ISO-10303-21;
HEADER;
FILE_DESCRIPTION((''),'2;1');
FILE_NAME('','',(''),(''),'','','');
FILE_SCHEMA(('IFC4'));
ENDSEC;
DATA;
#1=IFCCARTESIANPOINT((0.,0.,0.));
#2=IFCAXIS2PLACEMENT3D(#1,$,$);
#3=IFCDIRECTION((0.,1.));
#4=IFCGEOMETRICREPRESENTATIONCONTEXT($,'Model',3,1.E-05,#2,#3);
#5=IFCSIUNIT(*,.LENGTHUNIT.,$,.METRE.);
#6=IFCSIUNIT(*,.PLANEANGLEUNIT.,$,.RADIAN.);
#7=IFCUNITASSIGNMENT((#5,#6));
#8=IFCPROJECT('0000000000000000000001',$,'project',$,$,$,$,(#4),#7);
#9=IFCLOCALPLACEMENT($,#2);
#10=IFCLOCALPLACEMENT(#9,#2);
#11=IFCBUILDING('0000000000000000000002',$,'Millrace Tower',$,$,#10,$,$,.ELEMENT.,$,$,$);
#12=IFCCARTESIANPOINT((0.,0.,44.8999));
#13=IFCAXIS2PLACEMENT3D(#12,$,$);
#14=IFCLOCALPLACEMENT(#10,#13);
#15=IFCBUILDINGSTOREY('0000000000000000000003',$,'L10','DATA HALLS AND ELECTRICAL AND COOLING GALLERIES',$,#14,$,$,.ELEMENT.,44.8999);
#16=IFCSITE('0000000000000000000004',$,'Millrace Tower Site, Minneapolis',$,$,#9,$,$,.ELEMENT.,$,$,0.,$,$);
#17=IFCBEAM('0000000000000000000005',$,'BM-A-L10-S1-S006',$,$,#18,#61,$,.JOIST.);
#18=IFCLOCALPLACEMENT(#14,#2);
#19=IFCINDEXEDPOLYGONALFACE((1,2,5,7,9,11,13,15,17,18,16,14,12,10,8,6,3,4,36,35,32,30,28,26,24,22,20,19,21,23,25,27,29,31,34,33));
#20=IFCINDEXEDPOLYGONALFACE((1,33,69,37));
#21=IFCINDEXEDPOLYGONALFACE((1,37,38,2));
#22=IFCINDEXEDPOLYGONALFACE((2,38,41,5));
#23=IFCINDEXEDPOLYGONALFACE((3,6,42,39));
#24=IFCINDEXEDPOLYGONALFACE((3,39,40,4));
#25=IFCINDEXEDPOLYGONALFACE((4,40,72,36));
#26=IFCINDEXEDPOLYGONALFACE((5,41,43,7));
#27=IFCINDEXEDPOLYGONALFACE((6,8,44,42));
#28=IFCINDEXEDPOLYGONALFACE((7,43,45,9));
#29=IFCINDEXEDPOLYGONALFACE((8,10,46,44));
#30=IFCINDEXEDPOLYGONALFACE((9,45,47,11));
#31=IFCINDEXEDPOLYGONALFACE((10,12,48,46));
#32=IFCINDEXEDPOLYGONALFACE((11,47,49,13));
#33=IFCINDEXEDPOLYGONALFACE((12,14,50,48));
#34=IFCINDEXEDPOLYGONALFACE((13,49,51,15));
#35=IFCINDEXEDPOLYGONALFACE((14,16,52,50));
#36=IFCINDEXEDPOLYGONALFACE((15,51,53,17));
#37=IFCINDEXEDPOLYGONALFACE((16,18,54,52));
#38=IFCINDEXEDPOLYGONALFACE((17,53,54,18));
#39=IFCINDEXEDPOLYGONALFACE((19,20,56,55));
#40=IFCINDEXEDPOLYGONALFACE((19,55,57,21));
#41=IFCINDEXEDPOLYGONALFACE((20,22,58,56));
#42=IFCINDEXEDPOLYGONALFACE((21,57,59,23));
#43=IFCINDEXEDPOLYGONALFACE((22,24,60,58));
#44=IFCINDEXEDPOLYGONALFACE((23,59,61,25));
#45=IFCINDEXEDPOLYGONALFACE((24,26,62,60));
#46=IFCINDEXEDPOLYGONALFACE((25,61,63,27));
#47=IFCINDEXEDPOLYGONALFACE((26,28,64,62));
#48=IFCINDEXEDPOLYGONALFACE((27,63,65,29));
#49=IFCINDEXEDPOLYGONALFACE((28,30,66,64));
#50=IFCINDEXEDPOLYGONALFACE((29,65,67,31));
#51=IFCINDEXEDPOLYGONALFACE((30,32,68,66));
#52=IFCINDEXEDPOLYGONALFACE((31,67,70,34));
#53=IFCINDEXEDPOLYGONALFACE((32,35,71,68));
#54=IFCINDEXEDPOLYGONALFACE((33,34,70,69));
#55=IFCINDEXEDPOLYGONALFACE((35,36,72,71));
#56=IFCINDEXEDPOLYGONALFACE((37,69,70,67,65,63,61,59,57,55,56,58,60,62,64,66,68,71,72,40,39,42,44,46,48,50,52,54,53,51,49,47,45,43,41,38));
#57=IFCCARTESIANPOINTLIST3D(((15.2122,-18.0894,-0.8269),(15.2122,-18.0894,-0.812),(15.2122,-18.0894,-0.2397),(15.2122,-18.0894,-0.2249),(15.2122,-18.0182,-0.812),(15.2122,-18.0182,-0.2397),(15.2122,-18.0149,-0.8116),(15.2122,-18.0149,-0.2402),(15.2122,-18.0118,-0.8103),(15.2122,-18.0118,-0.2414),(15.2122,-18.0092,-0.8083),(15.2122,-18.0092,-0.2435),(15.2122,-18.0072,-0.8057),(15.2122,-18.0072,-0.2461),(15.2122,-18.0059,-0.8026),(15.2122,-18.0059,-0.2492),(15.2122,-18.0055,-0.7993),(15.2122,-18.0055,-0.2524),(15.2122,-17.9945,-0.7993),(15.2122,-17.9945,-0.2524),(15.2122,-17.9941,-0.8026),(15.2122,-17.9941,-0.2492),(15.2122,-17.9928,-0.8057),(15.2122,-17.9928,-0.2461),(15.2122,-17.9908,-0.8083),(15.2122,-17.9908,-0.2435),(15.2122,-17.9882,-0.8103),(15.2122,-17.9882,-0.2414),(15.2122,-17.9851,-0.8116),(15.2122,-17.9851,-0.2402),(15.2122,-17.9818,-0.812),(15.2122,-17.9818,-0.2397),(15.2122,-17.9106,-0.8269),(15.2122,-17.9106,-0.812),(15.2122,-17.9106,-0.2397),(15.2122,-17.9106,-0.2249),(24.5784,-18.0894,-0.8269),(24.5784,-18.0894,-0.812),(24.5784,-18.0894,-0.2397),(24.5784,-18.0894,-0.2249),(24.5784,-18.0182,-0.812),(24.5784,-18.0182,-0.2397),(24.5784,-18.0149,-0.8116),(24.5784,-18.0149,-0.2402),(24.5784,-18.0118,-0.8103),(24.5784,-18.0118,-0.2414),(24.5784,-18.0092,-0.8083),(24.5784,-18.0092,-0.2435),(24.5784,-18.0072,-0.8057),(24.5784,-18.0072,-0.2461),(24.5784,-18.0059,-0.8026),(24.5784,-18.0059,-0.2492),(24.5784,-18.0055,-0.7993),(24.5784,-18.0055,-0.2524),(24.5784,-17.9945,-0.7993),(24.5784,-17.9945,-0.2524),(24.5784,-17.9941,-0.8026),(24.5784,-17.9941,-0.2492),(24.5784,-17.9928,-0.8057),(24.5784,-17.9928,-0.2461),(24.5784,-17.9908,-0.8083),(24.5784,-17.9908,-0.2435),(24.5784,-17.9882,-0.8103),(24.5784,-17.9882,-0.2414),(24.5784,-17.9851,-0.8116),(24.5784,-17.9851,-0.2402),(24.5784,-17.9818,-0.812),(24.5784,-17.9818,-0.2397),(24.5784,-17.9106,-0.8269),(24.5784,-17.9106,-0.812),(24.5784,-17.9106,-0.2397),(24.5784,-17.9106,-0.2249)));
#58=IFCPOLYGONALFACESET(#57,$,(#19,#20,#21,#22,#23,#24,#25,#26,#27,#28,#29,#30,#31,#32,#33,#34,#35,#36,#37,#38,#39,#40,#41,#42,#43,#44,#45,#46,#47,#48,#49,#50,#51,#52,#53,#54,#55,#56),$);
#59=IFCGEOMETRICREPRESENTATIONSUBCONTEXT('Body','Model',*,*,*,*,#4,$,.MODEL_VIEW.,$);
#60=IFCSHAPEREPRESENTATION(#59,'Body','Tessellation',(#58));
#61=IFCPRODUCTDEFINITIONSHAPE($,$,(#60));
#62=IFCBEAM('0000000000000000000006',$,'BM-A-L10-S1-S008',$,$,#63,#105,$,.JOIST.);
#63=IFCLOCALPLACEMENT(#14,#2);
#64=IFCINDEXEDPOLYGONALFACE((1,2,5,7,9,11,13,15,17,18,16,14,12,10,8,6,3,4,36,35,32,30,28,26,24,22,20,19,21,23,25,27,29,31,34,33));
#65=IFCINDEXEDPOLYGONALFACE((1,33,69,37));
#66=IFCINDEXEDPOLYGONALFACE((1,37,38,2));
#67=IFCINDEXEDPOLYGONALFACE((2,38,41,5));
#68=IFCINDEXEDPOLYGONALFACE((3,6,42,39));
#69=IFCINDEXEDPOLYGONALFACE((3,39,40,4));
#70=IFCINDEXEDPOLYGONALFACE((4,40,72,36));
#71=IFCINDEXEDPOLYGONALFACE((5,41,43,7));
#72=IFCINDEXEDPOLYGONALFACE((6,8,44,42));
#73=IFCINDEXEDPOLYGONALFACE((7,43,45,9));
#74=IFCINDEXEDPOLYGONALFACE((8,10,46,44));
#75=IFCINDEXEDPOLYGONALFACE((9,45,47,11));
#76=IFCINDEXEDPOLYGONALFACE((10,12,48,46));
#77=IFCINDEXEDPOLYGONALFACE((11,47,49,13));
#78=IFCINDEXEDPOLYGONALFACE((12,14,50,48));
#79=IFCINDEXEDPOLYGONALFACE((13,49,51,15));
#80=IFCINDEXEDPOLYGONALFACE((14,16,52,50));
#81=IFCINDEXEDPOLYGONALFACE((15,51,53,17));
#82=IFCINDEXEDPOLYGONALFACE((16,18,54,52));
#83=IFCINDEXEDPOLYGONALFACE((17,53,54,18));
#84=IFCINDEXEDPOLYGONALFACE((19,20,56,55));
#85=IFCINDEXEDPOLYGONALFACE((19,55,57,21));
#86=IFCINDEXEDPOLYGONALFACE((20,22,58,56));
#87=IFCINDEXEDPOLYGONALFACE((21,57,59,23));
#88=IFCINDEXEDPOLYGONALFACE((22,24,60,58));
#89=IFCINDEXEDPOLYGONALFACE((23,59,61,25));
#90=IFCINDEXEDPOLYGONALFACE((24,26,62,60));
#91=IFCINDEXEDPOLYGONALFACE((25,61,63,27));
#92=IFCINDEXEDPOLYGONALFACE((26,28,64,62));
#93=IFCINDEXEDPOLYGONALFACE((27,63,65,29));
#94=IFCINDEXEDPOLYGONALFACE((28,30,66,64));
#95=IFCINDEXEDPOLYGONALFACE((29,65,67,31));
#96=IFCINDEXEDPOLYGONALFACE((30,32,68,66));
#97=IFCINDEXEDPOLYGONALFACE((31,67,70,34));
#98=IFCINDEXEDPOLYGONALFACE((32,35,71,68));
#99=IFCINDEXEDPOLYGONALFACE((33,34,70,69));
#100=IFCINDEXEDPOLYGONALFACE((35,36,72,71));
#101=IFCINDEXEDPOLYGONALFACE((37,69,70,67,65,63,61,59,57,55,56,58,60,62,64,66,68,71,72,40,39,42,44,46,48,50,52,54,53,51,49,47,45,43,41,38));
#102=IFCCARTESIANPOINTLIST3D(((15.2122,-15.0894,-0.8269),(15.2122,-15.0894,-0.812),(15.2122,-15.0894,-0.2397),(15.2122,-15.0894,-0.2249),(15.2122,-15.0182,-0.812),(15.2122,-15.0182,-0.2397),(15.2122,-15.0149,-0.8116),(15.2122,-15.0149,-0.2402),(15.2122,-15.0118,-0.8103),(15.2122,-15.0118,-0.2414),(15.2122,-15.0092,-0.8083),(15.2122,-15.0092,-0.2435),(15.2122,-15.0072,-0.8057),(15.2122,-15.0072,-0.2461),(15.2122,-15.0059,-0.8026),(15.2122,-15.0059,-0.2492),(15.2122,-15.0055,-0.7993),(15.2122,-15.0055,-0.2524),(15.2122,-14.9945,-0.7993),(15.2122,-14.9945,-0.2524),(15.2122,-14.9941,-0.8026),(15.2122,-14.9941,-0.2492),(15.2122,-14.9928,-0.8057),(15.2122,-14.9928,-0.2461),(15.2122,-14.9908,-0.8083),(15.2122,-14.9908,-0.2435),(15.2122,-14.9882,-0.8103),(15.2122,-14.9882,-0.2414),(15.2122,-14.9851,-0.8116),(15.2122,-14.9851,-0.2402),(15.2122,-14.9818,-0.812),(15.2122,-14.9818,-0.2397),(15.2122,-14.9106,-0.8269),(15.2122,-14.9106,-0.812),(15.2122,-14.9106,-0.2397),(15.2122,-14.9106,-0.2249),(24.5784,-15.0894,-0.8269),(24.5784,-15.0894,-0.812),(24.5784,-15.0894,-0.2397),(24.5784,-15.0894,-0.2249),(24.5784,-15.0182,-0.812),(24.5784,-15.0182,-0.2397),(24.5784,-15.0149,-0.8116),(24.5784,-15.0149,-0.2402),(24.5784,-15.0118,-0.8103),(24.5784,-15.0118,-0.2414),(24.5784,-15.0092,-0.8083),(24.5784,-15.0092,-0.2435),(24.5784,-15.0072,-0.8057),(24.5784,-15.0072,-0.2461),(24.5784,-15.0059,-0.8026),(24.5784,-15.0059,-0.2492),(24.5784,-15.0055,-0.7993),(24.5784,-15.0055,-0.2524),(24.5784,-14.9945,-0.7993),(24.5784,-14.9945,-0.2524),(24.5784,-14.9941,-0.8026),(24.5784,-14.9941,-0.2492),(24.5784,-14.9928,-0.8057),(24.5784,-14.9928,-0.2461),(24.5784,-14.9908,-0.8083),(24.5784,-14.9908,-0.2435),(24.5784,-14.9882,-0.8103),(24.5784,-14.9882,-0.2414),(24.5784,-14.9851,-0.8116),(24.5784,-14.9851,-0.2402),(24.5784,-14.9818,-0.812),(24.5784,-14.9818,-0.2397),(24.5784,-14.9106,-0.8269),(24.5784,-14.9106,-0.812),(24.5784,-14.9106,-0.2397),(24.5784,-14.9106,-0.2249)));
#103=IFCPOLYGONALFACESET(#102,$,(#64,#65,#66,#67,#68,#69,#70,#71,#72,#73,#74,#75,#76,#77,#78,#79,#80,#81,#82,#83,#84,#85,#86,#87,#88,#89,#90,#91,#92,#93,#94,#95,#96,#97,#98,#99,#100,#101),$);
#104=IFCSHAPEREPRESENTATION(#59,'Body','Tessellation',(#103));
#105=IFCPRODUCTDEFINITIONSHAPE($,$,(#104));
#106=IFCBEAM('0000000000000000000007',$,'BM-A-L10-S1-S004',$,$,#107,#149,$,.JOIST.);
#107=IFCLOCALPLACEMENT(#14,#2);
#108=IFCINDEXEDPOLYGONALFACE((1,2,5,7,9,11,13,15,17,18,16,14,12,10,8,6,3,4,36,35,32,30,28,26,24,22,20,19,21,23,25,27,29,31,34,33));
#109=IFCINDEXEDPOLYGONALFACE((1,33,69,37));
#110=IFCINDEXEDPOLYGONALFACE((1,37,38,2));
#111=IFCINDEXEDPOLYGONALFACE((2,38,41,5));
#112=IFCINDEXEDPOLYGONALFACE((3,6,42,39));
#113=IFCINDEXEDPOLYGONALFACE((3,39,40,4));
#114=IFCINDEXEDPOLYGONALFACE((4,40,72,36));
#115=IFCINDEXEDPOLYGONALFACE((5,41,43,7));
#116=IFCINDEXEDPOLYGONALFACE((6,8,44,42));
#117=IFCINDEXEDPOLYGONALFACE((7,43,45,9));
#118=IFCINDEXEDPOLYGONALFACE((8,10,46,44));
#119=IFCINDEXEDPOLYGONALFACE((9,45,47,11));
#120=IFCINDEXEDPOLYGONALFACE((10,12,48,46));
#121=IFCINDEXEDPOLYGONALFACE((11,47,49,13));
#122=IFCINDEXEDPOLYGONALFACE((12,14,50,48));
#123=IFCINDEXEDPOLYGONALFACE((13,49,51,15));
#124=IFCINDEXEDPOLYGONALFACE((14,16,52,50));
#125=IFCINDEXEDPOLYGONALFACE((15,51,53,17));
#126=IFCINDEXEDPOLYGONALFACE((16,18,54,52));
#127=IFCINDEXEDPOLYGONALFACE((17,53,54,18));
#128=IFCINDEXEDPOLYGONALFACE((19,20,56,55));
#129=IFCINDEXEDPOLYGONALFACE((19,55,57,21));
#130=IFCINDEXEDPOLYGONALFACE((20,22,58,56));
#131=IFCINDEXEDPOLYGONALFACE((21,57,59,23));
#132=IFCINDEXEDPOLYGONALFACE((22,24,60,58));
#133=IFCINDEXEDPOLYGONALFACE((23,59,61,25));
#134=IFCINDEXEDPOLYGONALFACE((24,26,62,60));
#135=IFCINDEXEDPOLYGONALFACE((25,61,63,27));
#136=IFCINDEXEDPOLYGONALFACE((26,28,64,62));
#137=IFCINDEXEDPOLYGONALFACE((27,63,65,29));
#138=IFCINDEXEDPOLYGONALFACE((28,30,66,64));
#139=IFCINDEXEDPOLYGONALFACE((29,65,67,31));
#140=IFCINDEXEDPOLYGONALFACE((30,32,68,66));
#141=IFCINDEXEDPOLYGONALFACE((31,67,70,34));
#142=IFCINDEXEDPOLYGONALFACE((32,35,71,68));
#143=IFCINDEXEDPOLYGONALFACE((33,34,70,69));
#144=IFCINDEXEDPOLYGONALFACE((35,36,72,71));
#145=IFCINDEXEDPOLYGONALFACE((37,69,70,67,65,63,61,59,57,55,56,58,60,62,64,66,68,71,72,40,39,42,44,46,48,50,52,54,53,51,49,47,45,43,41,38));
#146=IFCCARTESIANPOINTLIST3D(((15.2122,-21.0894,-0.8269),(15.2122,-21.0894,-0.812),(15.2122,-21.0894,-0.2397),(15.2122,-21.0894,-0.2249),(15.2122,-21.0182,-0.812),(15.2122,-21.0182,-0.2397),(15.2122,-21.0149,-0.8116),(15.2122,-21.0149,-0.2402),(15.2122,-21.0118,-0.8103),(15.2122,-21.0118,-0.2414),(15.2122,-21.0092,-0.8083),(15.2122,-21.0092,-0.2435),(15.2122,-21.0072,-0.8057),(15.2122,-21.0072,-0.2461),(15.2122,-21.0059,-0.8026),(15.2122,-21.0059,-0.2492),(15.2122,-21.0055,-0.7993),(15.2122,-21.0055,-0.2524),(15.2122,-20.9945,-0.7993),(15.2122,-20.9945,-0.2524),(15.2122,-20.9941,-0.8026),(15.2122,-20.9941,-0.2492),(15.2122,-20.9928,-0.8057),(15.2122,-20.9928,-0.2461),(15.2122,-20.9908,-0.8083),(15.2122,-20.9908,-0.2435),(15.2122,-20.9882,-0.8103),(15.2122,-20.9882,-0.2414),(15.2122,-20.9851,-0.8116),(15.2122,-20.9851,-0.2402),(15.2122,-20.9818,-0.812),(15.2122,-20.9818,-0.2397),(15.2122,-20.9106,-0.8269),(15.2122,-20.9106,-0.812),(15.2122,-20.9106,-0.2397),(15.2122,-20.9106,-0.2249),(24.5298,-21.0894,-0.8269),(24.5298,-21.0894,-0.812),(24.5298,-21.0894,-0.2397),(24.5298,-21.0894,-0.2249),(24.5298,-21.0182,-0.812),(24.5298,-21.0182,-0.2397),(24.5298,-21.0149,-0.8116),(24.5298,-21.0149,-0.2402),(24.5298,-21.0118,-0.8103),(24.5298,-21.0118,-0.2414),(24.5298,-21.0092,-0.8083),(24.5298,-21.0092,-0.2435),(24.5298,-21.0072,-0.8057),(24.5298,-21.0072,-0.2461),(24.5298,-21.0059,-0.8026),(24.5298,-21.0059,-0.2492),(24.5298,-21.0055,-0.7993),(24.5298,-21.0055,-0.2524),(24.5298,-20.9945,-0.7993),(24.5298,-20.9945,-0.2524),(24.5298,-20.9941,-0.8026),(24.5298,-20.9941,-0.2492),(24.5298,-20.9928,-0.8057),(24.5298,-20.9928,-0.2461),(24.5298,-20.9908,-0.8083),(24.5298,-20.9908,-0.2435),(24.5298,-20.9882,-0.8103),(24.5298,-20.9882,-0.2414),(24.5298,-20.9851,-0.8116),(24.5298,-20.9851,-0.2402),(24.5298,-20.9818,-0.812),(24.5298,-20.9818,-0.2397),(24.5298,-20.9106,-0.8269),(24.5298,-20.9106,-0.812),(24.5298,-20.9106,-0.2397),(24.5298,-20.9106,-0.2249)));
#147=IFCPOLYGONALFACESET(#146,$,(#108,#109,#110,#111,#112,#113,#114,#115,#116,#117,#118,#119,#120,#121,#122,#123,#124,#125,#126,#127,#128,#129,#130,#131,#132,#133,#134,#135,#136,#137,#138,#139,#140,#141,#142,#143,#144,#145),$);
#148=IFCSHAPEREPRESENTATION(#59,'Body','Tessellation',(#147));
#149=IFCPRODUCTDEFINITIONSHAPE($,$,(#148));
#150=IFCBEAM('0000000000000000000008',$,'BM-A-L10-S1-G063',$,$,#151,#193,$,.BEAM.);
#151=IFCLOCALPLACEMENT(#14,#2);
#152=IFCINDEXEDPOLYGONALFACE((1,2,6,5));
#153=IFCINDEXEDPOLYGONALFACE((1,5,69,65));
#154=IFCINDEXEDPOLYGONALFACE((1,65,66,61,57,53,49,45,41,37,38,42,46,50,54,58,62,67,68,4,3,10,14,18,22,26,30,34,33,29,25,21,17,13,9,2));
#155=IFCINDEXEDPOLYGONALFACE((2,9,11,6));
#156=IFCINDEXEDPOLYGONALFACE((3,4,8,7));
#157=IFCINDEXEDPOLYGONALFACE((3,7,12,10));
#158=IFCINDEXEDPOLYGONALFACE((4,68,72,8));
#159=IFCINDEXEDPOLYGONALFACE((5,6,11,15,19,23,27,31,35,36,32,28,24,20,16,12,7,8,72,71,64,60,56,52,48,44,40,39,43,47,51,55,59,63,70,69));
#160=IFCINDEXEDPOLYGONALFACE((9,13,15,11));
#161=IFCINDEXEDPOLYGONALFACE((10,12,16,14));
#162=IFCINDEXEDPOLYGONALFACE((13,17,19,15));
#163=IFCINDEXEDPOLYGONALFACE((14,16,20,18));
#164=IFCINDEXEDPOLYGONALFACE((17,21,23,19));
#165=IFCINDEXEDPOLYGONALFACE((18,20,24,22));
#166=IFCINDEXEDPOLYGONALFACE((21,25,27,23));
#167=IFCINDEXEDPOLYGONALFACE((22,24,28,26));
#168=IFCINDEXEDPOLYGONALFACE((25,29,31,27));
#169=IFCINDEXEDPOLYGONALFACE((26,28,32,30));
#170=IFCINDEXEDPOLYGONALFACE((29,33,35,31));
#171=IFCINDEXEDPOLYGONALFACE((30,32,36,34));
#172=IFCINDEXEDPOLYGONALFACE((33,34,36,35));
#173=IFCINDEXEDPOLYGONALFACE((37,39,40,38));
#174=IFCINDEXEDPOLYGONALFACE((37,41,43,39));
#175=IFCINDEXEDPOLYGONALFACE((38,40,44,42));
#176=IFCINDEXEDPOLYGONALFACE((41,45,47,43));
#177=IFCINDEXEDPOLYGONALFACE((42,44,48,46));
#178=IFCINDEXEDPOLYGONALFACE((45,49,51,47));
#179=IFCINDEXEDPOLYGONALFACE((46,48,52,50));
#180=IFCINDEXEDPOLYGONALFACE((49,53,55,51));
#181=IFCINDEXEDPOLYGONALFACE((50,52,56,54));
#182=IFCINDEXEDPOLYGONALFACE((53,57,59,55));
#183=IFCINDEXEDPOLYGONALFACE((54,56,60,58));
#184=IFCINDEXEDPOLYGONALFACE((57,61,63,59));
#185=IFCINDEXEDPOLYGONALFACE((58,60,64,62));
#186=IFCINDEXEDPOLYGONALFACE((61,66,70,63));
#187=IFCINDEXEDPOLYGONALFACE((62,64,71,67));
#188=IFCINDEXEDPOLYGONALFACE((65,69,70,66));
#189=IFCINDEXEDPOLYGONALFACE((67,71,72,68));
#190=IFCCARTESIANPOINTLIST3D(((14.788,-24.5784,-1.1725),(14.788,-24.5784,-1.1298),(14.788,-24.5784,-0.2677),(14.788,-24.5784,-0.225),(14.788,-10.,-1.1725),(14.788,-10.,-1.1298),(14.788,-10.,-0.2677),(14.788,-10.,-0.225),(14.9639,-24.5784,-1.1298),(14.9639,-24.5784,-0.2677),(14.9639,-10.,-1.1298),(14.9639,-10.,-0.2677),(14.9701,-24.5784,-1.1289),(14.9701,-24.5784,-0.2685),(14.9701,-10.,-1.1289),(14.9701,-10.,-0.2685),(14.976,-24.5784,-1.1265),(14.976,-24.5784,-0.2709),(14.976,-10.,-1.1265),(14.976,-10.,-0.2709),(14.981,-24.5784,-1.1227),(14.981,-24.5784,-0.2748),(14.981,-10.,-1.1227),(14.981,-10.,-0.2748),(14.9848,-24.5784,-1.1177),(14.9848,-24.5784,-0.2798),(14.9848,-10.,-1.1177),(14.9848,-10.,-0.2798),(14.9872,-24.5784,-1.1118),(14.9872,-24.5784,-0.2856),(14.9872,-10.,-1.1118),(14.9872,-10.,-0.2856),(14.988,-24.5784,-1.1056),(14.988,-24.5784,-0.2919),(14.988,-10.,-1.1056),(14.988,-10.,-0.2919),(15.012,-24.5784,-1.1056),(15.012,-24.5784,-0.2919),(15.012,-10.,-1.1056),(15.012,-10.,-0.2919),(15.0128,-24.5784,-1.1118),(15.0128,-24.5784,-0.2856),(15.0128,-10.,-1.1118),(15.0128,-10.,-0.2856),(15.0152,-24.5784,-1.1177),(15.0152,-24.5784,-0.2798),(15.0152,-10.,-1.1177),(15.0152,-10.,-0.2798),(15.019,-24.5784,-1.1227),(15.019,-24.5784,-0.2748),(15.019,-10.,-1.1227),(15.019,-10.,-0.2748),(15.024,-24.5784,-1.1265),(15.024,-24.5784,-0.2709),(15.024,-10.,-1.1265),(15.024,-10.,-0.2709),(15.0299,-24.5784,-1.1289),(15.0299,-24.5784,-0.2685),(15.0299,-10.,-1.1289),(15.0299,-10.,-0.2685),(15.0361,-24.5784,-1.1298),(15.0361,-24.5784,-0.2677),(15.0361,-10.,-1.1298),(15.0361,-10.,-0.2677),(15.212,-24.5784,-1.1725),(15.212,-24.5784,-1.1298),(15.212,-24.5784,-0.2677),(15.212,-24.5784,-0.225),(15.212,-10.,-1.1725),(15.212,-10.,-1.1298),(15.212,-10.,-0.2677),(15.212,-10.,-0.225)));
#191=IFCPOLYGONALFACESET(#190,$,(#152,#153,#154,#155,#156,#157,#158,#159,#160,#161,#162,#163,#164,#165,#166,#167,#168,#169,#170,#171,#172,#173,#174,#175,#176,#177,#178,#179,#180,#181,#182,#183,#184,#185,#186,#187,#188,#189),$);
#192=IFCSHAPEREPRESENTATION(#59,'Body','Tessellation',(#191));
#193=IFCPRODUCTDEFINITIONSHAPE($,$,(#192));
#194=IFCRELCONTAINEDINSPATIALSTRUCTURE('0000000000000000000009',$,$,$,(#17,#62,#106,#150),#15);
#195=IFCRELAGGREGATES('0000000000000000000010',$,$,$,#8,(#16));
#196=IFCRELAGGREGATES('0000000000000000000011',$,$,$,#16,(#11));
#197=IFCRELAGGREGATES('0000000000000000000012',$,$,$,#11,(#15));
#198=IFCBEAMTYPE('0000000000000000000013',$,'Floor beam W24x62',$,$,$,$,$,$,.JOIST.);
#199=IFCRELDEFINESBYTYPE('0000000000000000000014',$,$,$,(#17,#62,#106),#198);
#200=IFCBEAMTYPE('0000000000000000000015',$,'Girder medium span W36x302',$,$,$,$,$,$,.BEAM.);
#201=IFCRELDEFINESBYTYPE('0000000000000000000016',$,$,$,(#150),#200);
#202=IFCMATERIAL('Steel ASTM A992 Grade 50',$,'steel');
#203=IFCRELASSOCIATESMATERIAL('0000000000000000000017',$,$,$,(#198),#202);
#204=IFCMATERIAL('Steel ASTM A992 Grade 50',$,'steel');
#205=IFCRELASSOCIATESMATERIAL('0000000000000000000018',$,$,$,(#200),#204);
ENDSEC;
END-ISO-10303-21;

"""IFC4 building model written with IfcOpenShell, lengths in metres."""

from ifc_helpers import new_model, si_unit, direction, frame, origin, origin_2d, place, context, subcontext, project, spatial, i_section, extrude, material, material_profile, profile_set, type_object, element, save


model = new_model("IFC4")

# Units and contexts
model_context = context("Model", 3, precision=1e-05, world=origin(), true_north=direction((0.0, 1.0)))
body_context = subcontext(model_context, "Body", "Model", "MODEL_VIEW")
ifc_project = project(units=[si_unit("LENGTHUNIT", "METRE"), si_unit("PLANEANGLEUNIT", "RADIAN")], contexts=[model_context])

# Site, building, storey
site_placement = place(None, origin())
site = spatial("IfcSite", under=ifc_project, at=site_placement, Name="Millrace Tower Site, Minneapolis", CompositionType="ELEMENT", RefElevation=0.0)
building_placement = place(site_placement, origin())
building = spatial("IfcBuilding", under=site, at=building_placement, Name="Millrace Tower", CompositionType="ELEMENT")
storey_placement = place(building_placement, frame((0.0, 0.0, 44.8999)))
storey = spatial("IfcBuildingStorey", under=building, at=storey_placement, Name="L10", Description="DATA HALLS AND ELECTRICAL AND COOLING GALLERIES", CompositionType="ELEMENT", Elevation=44.8999)

# Beams
ifc_material_1 = material(Name="Steel ASTM A992 Grade 50", Category="steel")
ifc_material_profile_1 = material_profile(ifc_material_1, i_section(OverallWidth=0.1787, OverallDepth=0.6021, WebThickness=0.011, FlangeThickness=0.0149, FilletRadius=0.0127, at=origin_2d()))
ifc_profile_set_1 = profile_set([ifc_material_profile_1], Name="Steel ASTM A992 Grade 50")
beam_type_1 = type_object("IfcBeamType", Name="Floor beam W24x62", PredefinedType="JOIST", material=ifc_profile_set_1)
for number, where, z_axis, x_axis, name in (
    (1, (15.2122, -18.0, -0.5259), (1.0, 0.0, 0.0), (0.0, 1.0, 0.0), "BM-A-L10-S1-S006"),
    (2, (15.2122, -15.0, -0.5259), (1.0, 0.0, 0.0), (0.0, 1.0, 0.0), "BM-A-L10-S1-S008"),
):
    element("IfcBeam", number, at=place(storey_placement, frame(where, z_axis=z_axis, x_axis=x_axis)), inside=storey, type_object=beam_type_1, Name=name, PredefinedType="JOIST", context=body_context, shape_type="SweptSolid", body=[
        extrude(i_section(OverallWidth=0.1787, OverallDepth=0.6021, WebThickness=0.011, FlangeThickness=0.0149, FilletRadius=0.0127, at=origin_2d()), origin(), (0.0, 0.0, 1.0), 9.3662),
    ])
beam_1_placement = place(storey_placement, frame((15.2122, -21.0, -0.5259), z_axis=(1.0, 0.0, 0.0), x_axis=(0.0, 1.0, 0.0)))
element("IfcBeam", 3, at=beam_1_placement, inside=storey, type_object=beam_type_1, Name="BM-A-L10-S1-S004", PredefinedType="JOIST", context=body_context, shape_type="SweptSolid", body=[
    extrude(i_section(OverallWidth=0.1787, OverallDepth=0.6021, WebThickness=0.011, FlangeThickness=0.0149, FilletRadius=0.0127, at=origin_2d()), origin(), (0.0, 0.0, 1.0), 9.3176),
])
ifc_material_2 = material(Name="Steel ASTM A992 Grade 50", Category="steel")
ifc_material_profile_2 = material_profile(ifc_material_2, i_section(OverallWidth=0.4241, OverallDepth=0.9475, WebThickness=0.0239, FlangeThickness=0.0427, FilletRadius=0.0242, at=origin_2d()))
ifc_profile_set_2 = profile_set([ifc_material_profile_2], Name="Steel ASTM A992 Grade 50")
beam_type_2 = type_object("IfcBeamType", Name="Girder medium span W36x302", PredefinedType="BEAM", material=ifc_profile_set_2)
beam_2_placement = place(storey_placement, frame((15.0, -24.5784, -0.6987), z_axis=(0.0, 1.0, 0.0), x_axis=(-1.0, 0.0, 0.0)))
element("IfcBeam", 4, at=beam_2_placement, inside=storey, type_object=beam_type_2, Name="BM-A-L10-S1-G063", PredefinedType="BEAM", context=body_context, shape_type="SweptSolid", body=[
    extrude(i_section(OverallWidth=0.4241, OverallDepth=0.9475, WebThickness=0.0239, FlangeThickness=0.0427, FilletRadius=0.0242, at=origin_2d()), origin(), (0.0, 0.0, 1.0), 14.5784),
])

save(model, "model.ifc")
